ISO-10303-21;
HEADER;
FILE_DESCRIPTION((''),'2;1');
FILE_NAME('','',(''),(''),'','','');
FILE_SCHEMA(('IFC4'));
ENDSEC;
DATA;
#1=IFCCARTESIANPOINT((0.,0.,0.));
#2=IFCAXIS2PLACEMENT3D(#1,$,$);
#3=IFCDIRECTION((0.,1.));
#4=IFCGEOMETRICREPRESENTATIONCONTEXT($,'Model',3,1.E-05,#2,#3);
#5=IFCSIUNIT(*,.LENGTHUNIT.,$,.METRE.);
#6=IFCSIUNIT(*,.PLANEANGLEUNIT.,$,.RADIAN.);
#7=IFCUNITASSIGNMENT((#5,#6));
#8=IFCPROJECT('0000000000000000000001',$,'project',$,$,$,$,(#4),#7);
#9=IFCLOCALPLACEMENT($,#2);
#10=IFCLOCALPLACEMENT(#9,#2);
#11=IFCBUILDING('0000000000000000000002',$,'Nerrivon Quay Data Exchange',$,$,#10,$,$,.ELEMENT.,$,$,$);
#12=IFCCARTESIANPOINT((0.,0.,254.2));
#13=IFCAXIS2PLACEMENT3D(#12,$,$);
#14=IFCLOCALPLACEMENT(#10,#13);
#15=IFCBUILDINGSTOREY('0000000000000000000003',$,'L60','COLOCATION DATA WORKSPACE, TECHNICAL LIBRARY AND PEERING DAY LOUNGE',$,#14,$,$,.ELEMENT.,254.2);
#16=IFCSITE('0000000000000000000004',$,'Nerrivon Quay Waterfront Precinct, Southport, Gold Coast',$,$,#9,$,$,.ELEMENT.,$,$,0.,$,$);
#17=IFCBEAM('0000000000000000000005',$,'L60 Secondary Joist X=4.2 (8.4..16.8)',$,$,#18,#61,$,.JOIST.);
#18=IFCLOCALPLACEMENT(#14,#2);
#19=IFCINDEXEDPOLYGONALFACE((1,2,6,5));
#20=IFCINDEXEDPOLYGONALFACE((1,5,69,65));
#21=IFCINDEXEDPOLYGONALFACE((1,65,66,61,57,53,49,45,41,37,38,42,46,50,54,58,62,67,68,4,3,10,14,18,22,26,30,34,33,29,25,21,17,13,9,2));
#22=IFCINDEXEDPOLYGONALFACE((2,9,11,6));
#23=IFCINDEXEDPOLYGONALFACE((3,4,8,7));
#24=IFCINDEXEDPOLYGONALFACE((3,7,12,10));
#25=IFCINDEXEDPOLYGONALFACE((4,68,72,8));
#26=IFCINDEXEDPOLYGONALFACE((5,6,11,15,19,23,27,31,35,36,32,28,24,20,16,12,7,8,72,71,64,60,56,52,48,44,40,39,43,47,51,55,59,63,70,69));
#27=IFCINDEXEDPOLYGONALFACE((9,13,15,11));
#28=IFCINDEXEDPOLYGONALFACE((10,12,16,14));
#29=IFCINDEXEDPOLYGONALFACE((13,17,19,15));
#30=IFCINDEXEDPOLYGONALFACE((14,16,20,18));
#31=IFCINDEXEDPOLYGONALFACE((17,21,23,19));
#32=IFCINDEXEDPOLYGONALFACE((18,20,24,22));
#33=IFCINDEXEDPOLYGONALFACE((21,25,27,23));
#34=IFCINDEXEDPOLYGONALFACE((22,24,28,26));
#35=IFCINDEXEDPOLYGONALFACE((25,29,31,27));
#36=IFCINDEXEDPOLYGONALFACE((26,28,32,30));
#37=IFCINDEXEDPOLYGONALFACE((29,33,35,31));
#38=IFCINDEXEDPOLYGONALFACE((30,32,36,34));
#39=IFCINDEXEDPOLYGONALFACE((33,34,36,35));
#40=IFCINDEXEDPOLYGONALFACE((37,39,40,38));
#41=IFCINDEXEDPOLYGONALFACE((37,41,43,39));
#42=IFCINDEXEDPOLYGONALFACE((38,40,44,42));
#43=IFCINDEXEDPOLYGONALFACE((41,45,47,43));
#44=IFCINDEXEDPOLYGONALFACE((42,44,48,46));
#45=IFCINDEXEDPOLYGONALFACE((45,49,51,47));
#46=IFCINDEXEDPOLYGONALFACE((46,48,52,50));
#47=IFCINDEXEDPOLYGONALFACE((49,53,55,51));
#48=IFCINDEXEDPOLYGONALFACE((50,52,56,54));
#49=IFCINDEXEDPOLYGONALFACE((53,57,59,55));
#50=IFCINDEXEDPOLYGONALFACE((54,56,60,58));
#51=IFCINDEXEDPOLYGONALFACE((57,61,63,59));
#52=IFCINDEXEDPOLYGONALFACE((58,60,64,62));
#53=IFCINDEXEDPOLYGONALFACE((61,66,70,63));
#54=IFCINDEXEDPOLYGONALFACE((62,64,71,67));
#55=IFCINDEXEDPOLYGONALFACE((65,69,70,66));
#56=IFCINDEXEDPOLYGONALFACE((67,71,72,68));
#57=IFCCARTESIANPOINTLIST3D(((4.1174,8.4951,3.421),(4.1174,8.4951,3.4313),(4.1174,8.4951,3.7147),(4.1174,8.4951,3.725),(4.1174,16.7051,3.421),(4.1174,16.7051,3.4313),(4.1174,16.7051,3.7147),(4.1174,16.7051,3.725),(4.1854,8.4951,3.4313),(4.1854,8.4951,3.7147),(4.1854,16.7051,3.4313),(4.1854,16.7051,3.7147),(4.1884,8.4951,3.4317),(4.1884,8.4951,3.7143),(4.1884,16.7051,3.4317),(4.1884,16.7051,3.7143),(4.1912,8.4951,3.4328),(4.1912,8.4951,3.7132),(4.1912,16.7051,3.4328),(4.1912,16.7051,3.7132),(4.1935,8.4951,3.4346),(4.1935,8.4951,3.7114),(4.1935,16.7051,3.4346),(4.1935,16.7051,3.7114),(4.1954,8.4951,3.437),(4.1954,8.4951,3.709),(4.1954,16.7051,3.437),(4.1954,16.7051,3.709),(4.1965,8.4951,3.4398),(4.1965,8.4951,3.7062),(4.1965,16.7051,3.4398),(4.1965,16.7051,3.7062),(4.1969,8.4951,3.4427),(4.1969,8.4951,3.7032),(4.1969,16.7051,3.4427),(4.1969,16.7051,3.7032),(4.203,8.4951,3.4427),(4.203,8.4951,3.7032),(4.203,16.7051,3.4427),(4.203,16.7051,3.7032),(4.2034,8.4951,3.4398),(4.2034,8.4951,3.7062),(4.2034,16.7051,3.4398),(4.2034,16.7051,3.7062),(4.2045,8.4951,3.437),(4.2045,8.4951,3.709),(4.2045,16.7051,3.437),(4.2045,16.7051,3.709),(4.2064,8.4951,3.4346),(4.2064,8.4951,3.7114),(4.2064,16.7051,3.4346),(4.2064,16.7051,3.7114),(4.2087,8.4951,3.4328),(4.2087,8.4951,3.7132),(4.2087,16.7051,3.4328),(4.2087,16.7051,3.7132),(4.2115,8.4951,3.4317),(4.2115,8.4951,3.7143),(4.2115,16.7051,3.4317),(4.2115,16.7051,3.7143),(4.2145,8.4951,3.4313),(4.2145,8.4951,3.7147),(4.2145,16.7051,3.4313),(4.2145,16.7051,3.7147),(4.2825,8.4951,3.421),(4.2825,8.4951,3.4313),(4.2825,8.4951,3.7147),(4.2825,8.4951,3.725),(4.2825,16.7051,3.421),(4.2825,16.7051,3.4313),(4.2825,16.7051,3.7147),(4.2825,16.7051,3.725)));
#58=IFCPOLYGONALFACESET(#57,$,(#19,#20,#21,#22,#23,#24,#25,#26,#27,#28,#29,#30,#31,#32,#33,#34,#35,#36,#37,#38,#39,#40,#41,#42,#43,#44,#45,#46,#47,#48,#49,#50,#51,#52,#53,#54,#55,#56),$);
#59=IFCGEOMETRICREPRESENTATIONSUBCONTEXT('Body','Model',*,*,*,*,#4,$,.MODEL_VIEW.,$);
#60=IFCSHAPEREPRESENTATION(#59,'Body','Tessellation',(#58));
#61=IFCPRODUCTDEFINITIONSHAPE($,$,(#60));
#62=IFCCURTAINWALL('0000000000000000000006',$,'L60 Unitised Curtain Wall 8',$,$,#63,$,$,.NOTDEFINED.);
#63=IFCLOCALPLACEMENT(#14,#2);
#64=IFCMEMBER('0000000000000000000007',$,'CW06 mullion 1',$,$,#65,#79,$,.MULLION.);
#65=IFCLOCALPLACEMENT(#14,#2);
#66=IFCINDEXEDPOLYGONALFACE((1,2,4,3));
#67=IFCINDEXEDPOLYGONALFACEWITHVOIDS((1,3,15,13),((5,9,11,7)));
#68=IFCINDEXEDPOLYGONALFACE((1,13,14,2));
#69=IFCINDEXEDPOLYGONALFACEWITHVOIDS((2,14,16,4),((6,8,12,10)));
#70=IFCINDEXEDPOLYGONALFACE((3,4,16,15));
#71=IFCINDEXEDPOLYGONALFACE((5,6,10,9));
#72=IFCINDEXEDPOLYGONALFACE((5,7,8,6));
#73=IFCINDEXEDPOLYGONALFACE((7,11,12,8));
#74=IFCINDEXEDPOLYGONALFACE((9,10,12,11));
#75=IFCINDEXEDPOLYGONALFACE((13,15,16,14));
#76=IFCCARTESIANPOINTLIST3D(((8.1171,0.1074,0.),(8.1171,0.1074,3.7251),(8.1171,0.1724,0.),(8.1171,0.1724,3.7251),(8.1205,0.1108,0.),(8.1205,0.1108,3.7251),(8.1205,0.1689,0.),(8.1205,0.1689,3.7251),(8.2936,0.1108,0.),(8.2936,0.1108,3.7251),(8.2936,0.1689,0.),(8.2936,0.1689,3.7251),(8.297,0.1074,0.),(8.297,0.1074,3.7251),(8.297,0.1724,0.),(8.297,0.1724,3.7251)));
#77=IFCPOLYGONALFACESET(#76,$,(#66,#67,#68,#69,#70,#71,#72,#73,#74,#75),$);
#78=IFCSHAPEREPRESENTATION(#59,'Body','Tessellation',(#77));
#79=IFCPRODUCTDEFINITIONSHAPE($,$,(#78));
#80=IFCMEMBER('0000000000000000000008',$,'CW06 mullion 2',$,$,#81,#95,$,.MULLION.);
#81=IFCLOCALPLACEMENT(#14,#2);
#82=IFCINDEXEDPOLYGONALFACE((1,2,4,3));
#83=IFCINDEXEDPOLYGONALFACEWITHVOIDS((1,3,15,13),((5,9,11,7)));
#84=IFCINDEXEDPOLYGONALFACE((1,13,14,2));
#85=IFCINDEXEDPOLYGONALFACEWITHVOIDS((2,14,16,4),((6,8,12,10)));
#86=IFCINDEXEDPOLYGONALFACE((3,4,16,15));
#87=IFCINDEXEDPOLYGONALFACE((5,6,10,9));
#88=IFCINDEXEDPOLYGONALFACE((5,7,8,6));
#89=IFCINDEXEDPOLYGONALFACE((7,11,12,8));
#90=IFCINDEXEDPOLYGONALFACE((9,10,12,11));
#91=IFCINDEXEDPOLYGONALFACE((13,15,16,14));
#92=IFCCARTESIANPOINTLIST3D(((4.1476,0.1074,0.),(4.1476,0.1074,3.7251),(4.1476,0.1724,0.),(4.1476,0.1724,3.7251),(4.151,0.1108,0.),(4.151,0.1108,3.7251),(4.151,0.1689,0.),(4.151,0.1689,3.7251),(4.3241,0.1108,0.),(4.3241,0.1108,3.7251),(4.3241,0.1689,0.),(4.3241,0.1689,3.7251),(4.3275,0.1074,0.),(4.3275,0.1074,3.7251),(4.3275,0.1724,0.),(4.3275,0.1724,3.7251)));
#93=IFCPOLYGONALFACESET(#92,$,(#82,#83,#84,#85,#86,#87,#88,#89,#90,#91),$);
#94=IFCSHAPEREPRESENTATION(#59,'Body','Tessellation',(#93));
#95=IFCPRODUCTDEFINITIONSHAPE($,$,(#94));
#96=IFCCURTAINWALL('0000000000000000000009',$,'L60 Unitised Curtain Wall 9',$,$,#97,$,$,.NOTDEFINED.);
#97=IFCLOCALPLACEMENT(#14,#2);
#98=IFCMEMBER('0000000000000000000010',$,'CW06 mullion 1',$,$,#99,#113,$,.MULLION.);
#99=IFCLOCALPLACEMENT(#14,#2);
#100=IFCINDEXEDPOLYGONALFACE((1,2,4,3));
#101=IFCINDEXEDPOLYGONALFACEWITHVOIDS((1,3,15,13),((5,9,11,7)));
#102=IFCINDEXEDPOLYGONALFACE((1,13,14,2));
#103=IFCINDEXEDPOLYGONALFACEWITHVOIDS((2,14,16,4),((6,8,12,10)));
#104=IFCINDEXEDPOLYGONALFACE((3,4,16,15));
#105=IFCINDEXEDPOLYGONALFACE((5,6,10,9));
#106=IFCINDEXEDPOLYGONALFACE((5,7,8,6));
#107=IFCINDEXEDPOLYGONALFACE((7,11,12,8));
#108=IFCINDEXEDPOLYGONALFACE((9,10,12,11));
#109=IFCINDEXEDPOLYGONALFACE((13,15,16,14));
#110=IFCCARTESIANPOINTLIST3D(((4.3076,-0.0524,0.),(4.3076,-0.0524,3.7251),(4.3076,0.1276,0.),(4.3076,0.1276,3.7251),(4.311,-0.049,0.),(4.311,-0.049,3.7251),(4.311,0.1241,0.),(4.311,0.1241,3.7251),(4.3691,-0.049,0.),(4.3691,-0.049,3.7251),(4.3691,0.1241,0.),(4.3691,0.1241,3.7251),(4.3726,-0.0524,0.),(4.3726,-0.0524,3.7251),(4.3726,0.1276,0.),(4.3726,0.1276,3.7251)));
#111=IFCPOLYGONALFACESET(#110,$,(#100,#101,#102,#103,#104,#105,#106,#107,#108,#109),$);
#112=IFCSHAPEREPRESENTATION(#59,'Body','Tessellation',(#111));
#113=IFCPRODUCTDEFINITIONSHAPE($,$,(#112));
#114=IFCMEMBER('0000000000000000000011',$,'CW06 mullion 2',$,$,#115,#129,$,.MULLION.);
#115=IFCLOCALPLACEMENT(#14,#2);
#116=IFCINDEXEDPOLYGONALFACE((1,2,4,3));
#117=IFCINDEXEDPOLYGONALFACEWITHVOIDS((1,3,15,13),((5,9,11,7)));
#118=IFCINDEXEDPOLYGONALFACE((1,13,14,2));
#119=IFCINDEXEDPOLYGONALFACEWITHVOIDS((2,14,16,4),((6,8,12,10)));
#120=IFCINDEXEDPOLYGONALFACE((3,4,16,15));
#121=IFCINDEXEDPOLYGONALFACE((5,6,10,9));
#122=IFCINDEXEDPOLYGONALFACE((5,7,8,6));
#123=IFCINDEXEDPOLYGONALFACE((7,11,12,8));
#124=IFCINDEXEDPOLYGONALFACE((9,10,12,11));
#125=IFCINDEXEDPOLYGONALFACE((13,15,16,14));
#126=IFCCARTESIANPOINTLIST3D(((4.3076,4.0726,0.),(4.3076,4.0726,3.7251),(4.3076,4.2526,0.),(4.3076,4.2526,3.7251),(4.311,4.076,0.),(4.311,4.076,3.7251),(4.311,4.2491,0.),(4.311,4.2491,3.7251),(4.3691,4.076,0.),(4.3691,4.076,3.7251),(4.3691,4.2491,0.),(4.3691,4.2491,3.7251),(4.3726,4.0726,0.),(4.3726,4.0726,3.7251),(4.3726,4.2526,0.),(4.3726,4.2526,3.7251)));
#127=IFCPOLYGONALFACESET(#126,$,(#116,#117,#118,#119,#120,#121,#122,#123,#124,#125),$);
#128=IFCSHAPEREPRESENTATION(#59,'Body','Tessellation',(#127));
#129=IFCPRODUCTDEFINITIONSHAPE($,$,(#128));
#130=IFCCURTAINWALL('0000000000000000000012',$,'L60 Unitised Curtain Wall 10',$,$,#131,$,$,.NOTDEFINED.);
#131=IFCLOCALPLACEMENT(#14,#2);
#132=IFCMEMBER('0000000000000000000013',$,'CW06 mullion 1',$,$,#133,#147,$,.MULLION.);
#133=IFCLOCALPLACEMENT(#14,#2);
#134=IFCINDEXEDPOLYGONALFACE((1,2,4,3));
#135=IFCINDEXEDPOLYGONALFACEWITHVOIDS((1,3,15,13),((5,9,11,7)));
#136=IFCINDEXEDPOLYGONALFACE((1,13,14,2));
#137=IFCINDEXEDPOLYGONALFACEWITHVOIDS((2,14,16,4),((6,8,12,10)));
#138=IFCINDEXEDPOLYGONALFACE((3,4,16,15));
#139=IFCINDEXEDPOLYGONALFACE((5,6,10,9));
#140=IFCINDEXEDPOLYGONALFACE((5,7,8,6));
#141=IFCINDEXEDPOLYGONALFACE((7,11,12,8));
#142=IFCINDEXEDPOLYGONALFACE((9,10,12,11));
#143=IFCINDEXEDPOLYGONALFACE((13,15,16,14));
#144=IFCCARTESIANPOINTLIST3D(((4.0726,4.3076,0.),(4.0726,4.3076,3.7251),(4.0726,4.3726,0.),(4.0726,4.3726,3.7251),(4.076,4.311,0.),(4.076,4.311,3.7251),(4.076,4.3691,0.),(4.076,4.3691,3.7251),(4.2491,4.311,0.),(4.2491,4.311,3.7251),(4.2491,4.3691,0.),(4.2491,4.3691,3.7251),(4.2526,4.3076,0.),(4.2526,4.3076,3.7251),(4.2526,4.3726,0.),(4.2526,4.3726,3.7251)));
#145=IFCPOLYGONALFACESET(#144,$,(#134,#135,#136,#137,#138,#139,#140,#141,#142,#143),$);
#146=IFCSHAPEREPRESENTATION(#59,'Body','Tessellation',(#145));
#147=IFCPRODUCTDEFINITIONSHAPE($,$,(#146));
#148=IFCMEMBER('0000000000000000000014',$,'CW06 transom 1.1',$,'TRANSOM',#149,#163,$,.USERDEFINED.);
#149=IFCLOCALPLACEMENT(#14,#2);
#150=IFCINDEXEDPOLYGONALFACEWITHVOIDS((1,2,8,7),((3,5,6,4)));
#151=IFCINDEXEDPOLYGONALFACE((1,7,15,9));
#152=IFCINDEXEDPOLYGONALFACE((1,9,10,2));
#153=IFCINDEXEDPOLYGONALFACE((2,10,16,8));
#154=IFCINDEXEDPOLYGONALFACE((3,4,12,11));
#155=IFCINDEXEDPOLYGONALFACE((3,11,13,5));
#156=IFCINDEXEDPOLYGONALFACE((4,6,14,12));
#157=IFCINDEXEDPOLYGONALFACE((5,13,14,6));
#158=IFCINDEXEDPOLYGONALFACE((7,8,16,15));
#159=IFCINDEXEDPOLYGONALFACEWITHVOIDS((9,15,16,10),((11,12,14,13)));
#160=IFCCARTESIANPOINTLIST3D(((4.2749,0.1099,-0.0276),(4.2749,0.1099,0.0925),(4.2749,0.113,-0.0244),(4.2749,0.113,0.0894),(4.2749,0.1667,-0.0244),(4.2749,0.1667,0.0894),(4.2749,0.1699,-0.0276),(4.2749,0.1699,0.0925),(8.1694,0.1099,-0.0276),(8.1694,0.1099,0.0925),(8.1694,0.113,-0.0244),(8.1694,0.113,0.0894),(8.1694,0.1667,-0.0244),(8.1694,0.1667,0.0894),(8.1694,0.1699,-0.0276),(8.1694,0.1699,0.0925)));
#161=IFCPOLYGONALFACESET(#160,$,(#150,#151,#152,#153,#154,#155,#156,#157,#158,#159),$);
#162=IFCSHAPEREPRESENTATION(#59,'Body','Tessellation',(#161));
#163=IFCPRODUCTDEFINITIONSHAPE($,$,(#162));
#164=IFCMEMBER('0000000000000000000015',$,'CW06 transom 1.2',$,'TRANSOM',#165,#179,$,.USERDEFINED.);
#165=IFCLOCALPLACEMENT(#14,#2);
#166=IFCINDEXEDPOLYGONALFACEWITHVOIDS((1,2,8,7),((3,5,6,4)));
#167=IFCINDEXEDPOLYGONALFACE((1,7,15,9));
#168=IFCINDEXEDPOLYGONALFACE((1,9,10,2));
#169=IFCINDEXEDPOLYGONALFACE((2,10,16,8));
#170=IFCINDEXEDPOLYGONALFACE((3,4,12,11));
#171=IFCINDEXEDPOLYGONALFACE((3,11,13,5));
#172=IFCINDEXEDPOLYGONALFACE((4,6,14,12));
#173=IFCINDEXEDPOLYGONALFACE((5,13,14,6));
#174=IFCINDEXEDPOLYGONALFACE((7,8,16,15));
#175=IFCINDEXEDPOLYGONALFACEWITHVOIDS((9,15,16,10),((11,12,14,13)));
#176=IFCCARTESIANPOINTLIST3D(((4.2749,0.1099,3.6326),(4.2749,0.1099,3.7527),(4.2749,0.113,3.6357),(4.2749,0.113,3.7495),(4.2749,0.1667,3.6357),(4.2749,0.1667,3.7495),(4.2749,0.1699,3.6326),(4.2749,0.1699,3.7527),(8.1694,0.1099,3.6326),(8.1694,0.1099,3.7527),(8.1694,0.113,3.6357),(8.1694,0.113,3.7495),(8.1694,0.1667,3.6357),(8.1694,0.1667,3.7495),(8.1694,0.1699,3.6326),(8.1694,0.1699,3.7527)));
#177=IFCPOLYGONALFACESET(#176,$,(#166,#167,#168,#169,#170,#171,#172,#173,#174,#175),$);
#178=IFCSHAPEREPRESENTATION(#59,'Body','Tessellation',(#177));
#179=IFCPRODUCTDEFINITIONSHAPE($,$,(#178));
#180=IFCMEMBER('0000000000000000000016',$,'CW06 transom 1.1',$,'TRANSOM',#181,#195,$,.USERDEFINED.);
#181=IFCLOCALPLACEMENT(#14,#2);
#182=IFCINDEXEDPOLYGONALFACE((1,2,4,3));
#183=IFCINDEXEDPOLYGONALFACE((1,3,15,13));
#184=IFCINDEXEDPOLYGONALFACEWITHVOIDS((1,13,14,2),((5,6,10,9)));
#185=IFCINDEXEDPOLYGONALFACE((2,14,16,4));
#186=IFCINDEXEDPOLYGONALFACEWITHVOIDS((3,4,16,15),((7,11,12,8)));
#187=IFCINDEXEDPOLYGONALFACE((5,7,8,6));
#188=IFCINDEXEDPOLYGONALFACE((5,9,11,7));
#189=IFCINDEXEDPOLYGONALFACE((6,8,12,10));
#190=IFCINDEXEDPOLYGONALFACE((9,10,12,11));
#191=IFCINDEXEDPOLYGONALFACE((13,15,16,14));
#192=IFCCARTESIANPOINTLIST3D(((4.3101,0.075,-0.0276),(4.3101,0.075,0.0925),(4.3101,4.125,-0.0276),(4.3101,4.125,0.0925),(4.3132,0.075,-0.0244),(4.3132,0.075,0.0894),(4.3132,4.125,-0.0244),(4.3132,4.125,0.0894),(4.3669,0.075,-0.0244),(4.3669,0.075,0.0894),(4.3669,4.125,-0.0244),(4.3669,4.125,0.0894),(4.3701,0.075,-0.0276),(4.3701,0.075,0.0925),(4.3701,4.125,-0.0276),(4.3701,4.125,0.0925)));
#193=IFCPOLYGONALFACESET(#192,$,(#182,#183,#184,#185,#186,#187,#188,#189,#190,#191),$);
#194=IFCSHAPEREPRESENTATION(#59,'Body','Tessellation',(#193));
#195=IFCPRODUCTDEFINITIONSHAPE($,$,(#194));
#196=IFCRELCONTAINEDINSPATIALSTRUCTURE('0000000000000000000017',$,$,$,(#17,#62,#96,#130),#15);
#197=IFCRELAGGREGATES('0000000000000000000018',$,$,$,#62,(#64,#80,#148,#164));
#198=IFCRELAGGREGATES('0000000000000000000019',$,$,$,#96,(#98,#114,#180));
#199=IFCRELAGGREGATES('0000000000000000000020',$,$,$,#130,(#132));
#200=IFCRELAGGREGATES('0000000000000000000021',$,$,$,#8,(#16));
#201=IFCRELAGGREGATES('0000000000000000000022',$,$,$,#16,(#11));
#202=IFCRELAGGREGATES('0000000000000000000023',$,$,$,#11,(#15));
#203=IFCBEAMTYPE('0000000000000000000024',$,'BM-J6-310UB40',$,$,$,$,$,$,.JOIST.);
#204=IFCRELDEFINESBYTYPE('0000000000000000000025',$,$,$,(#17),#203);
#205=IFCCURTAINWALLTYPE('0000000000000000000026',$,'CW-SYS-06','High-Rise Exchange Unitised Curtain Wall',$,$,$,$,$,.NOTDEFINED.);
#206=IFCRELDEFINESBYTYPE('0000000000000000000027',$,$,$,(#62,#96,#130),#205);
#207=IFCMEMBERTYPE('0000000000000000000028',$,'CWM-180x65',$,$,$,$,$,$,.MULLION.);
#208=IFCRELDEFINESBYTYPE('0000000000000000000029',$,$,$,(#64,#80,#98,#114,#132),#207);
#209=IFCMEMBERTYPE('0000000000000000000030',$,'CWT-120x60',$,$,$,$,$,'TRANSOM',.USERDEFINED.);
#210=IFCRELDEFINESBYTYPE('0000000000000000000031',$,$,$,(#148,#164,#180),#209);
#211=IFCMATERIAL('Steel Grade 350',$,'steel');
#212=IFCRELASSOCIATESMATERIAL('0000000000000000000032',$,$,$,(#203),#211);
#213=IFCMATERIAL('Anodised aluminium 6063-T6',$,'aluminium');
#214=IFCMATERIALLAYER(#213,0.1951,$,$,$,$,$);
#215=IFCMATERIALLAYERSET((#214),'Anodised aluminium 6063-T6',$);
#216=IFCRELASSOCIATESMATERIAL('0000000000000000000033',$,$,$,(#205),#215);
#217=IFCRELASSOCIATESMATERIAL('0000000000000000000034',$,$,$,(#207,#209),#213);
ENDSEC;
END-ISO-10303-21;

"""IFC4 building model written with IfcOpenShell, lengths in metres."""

from ifc_helpers import new_model, si_unit, direction, frame, origin, origin_2d, place, context, subcontext, project, spatial, hollow_rectangle, i_section, extrude, material, layer, layer_set, material_profile, profile_set, type_object, element, aggregate, save


model = new_model("IFC4")

# Units and contexts
model_context = context("Model", 3, precision=1e-05, world=origin(), true_north=direction((0.0, 1.0)))
body_context = subcontext(model_context, "Body", "Model", "MODEL_VIEW")
ifc_project = project(units=[si_unit("LENGTHUNIT", "METRE"), si_unit("PLANEANGLEUNIT", "RADIAN")], contexts=[model_context])

# Site, building, storey
site_placement = place(None, origin())
site = spatial("IfcSite", under=ifc_project, at=site_placement, Name="Nerrivon Quay Waterfront Precinct, Southport, Gold Coast", CompositionType="ELEMENT", RefElevation=0.0)
building_placement = place(site_placement, origin())
building = spatial("IfcBuilding", under=site, at=building_placement, Name="Nerrivon Quay Data Exchange", CompositionType="ELEMENT")
storey_placement = place(building_placement, frame((0.0, 0.0, 254.2)))
storey = spatial("IfcBuildingStorey", under=building, at=storey_placement, Name="L60", Description="COLOCATION DATA WORKSPACE, TECHNICAL LIBRARY AND PEERING DAY LOUNGE", CompositionType="ELEMENT", Elevation=254.2)

# Shared definitions
ifc_material_1 = material(Name="Steel Grade 350", Category="steel")

# Beam
ifc_material_profile_1 = material_profile(ifc_material_1, i_section(OverallWidth=0.165, OverallDepth=0.304, WebThickness=0.0061, FlangeThickness=0.0103, FilletRadius=0.0115, at=origin_2d()), Name="310UB40.4")
ifc_profile_set_1 = profile_set([ifc_material_profile_1], Name="Steel Grade 350")
beam_type_1 = type_object("IfcBeamType", Name="BM-J6-310UB40", PredefinedType="JOIST", material=ifc_profile_set_1)
beam_placement = place(storey_placement, frame((4.2, 8.4951, 3.573), z_axis=(0.0, 1.0, 0.0), x_axis=(-1.0, 0.0, 0.0)))
element("IfcBeam", 1, at=beam_placement, inside=storey, type_object=beam_type_1, Name="L60 Secondary Joist X=4.2 (8.4..16.8)", PredefinedType="JOIST", context=body_context, shape_type="SweptSolid", body=[
    extrude(i_section(OverallWidth=0.165, OverallDepth=0.304, WebThickness=0.0061, FlangeThickness=0.0103, FilletRadius=0.0115, at=origin_2d()), origin(), (0.0, 0.0, 1.0), 8.21),
])

# Curtain walls, members
ifc_material_2 = material(Name="Anodised aluminium 6063-T6", Category="aluminium")
ifc_layer_1 = layer(ifc_material_2, 0.1951)
ifc_layer_set_1 = layer_set([ifc_layer_1], Name="Anodised aluminium 6063-T6")
curtain_wall_type = type_object("IfcCurtainWallType", Name="CW-SYS-06", Description="High-Rise Exchange Unitised Curtain Wall", PredefinedType="NOTDEFINED", material=ifc_layer_set_1)
curtain_wall_1_placement = place(storey_placement, origin())
curtain_wall_1 = element("IfcCurtainWall", 2, at=curtain_wall_1_placement, inside=storey, type_object=curtain_wall_type, Name="L60 Unitised Curtain Wall 8", PredefinedType="NOTDEFINED")
ifc_material_profile_2 = material_profile(ifc_material_2, hollow_rectangle(XDim=0.0649, YDim=0.1799, WallThickness=0.0034, at=origin_2d()), Name="ALU-MULL-180x65")
ifc_profile_set_2 = profile_set([ifc_material_profile_2], Name="Anodised aluminium 6063-T6")
member_type_1 = type_object("IfcMemberType", Name="CWM-180x65", PredefinedType="MULLION", material=ifc_profile_set_2)
member_1_placement = place(storey_placement, frame((8.207, 0.1399, 0.0), z_axis=(0.0, 0.0, 1.0), x_axis=(0.0, -1.0, 0.0)))
member_1 = element("IfcMember", 3, at=member_1_placement, type_object=member_type_1, Name="CW06 mullion 1", PredefinedType="MULLION", context=body_context, shape_type="SweptSolid", body=[
    extrude(hollow_rectangle(XDim=0.0649, YDim=0.1799, WallThickness=0.0034, at=origin_2d()), origin(), (0.0, 0.0, 1.0), 3.7251),
])
member_2_placement = place(storey_placement, frame((4.2375, 0.1399, 0.0), z_axis=(0.0, 0.0, 1.0), x_axis=(0.0, -1.0, 0.0)))
member_2 = element("IfcMember", 4, at=member_2_placement, type_object=member_type_1, Name="CW06 mullion 2", PredefinedType="MULLION", context=body_context, shape_type="SweptSolid", body=[
    extrude(hollow_rectangle(XDim=0.0649, YDim=0.1799, WallThickness=0.0034, at=origin_2d()), origin(), (0.0, 0.0, 1.0), 3.7251),
])
curtain_wall_2_placement = place(storey_placement, origin())
curtain_wall_2 = element("IfcCurtainWall", 5, at=curtain_wall_2_placement, inside=storey, type_object=curtain_wall_type, Name="L60 Unitised Curtain Wall 9", PredefinedType="NOTDEFINED")
member_3_placement = place(storey_placement, frame((4.3401, 0.0376, 0.0), z_axis=(0.0, 0.0, 1.0), x_axis=(-1.0, 0.0, 0.0)))
member_3 = element("IfcMember", 6, at=member_3_placement, type_object=member_type_1, Name="CW06 mullion 1", PredefinedType="MULLION", context=body_context, shape_type="SweptSolid", body=[
    extrude(hollow_rectangle(XDim=0.0649, YDim=0.1799, WallThickness=0.0034, at=origin_2d()), origin(), (0.0, 0.0, 1.0), 3.7251),
])
member_4_placement = place(storey_placement, frame((4.3401, 4.1626, 0.0), z_axis=(0.0, 0.0, 1.0), x_axis=(-1.0, 0.0, 0.0)))
member_4 = element("IfcMember", 7, at=member_4_placement, type_object=member_type_1, Name="CW06 mullion 2", PredefinedType="MULLION", context=body_context, shape_type="SweptSolid", body=[
    extrude(hollow_rectangle(XDim=0.0649, YDim=0.1799, WallThickness=0.0034, at=origin_2d()), origin(), (0.0, 0.0, 1.0), 3.7251),
])

# Curtain wall, member
curtain_wall_3_placement = place(storey_placement, origin())
curtain_wall_3 = element("IfcCurtainWall", 8, at=curtain_wall_3_placement, inside=storey, type_object=curtain_wall_type, Name="L60 Unitised Curtain Wall 10", PredefinedType="NOTDEFINED")
member_5_placement = place(storey_placement, frame((4.1626, 4.3401, 0.0), z_axis=(0.0, 0.0, 1.0), x_axis=(0.0, -1.0, 0.0)))
member_5 = element("IfcMember", 9, at=member_5_placement, type_object=member_type_1, Name="CW06 mullion 1", PredefinedType="MULLION", context=body_context, shape_type="SweptSolid", body=[
    extrude(hollow_rectangle(XDim=0.0649, YDim=0.1799, WallThickness=0.0034, at=origin_2d()), origin(), (0.0, 0.0, 1.0), 3.7251),
])

# Members
ifc_material_profile_3 = material_profile(ifc_material_2, hollow_rectangle(XDim=0.0601, YDim=0.1201, WallThickness=0.0032, at=origin_2d()), Name="ALU-TRAN-120x60")
ifc_profile_set_3 = profile_set([ifc_material_profile_3], Name="Anodised aluminium 6063-T6")
member_type_2 = type_object("IfcMemberType", Name="CWT-120x60", ElementType="TRANSOM", PredefinedType="USERDEFINED", material=ifc_profile_set_3)
member_6_placement = place(storey_placement, frame((8.1694, 0.1399, 0.0325), z_axis=(-1.0, 0.0, 0.0), x_axis=(0.0, -1.0, 0.0)))
member_6 = element("IfcMember", 10, at=member_6_placement, type_object=member_type_2, Name="CW06 transom 1.1", ObjectType="TRANSOM", PredefinedType="USERDEFINED", context=body_context, shape_type="SweptSolid", body=[
    extrude(hollow_rectangle(XDim=0.0601, YDim=0.1201, WallThickness=0.0032, at=origin_2d()), origin(), (0.0, 0.0, 1.0), 3.8945),
])
member_7_placement = place(storey_placement, frame((8.1694, 0.1399, 3.6926), z_axis=(-1.0, 0.0, 0.0), x_axis=(0.0, -1.0, 0.0)))
member_7 = element("IfcMember", 11, at=member_7_placement, type_object=member_type_2, Name="CW06 transom 1.2", ObjectType="TRANSOM", PredefinedType="USERDEFINED", context=body_context, shape_type="SweptSolid", body=[
    extrude(hollow_rectangle(XDim=0.0601, YDim=0.1201, WallThickness=0.0032, at=origin_2d()), origin(), (0.0, 0.0, 1.0), 3.8945),
])
member_8_placement = place(storey_placement, frame((4.3401, 0.075, 0.0325), z_axis=(0.0, 1.0, 0.0), x_axis=(-1.0, 0.0, 0.0)))
member_8 = element("IfcMember", 12, at=member_8_placement, type_object=member_type_2, Name="CW06 transom 1.1", ObjectType="TRANSOM", PredefinedType="USERDEFINED", context=body_context, shape_type="SweptSolid", body=[
    extrude(hollow_rectangle(XDim=0.0601, YDim=0.1201, WallThickness=0.0032, at=origin_2d()), origin(), (0.0, 0.0, 1.0), 4.05),
])

aggregate(curtain_wall_1, [member_1, member_2, member_6, member_7])
aggregate(curtain_wall_2, [member_3, member_4, member_8])
aggregate(curtain_wall_3, [member_5])

save(model, "model.ifc")
